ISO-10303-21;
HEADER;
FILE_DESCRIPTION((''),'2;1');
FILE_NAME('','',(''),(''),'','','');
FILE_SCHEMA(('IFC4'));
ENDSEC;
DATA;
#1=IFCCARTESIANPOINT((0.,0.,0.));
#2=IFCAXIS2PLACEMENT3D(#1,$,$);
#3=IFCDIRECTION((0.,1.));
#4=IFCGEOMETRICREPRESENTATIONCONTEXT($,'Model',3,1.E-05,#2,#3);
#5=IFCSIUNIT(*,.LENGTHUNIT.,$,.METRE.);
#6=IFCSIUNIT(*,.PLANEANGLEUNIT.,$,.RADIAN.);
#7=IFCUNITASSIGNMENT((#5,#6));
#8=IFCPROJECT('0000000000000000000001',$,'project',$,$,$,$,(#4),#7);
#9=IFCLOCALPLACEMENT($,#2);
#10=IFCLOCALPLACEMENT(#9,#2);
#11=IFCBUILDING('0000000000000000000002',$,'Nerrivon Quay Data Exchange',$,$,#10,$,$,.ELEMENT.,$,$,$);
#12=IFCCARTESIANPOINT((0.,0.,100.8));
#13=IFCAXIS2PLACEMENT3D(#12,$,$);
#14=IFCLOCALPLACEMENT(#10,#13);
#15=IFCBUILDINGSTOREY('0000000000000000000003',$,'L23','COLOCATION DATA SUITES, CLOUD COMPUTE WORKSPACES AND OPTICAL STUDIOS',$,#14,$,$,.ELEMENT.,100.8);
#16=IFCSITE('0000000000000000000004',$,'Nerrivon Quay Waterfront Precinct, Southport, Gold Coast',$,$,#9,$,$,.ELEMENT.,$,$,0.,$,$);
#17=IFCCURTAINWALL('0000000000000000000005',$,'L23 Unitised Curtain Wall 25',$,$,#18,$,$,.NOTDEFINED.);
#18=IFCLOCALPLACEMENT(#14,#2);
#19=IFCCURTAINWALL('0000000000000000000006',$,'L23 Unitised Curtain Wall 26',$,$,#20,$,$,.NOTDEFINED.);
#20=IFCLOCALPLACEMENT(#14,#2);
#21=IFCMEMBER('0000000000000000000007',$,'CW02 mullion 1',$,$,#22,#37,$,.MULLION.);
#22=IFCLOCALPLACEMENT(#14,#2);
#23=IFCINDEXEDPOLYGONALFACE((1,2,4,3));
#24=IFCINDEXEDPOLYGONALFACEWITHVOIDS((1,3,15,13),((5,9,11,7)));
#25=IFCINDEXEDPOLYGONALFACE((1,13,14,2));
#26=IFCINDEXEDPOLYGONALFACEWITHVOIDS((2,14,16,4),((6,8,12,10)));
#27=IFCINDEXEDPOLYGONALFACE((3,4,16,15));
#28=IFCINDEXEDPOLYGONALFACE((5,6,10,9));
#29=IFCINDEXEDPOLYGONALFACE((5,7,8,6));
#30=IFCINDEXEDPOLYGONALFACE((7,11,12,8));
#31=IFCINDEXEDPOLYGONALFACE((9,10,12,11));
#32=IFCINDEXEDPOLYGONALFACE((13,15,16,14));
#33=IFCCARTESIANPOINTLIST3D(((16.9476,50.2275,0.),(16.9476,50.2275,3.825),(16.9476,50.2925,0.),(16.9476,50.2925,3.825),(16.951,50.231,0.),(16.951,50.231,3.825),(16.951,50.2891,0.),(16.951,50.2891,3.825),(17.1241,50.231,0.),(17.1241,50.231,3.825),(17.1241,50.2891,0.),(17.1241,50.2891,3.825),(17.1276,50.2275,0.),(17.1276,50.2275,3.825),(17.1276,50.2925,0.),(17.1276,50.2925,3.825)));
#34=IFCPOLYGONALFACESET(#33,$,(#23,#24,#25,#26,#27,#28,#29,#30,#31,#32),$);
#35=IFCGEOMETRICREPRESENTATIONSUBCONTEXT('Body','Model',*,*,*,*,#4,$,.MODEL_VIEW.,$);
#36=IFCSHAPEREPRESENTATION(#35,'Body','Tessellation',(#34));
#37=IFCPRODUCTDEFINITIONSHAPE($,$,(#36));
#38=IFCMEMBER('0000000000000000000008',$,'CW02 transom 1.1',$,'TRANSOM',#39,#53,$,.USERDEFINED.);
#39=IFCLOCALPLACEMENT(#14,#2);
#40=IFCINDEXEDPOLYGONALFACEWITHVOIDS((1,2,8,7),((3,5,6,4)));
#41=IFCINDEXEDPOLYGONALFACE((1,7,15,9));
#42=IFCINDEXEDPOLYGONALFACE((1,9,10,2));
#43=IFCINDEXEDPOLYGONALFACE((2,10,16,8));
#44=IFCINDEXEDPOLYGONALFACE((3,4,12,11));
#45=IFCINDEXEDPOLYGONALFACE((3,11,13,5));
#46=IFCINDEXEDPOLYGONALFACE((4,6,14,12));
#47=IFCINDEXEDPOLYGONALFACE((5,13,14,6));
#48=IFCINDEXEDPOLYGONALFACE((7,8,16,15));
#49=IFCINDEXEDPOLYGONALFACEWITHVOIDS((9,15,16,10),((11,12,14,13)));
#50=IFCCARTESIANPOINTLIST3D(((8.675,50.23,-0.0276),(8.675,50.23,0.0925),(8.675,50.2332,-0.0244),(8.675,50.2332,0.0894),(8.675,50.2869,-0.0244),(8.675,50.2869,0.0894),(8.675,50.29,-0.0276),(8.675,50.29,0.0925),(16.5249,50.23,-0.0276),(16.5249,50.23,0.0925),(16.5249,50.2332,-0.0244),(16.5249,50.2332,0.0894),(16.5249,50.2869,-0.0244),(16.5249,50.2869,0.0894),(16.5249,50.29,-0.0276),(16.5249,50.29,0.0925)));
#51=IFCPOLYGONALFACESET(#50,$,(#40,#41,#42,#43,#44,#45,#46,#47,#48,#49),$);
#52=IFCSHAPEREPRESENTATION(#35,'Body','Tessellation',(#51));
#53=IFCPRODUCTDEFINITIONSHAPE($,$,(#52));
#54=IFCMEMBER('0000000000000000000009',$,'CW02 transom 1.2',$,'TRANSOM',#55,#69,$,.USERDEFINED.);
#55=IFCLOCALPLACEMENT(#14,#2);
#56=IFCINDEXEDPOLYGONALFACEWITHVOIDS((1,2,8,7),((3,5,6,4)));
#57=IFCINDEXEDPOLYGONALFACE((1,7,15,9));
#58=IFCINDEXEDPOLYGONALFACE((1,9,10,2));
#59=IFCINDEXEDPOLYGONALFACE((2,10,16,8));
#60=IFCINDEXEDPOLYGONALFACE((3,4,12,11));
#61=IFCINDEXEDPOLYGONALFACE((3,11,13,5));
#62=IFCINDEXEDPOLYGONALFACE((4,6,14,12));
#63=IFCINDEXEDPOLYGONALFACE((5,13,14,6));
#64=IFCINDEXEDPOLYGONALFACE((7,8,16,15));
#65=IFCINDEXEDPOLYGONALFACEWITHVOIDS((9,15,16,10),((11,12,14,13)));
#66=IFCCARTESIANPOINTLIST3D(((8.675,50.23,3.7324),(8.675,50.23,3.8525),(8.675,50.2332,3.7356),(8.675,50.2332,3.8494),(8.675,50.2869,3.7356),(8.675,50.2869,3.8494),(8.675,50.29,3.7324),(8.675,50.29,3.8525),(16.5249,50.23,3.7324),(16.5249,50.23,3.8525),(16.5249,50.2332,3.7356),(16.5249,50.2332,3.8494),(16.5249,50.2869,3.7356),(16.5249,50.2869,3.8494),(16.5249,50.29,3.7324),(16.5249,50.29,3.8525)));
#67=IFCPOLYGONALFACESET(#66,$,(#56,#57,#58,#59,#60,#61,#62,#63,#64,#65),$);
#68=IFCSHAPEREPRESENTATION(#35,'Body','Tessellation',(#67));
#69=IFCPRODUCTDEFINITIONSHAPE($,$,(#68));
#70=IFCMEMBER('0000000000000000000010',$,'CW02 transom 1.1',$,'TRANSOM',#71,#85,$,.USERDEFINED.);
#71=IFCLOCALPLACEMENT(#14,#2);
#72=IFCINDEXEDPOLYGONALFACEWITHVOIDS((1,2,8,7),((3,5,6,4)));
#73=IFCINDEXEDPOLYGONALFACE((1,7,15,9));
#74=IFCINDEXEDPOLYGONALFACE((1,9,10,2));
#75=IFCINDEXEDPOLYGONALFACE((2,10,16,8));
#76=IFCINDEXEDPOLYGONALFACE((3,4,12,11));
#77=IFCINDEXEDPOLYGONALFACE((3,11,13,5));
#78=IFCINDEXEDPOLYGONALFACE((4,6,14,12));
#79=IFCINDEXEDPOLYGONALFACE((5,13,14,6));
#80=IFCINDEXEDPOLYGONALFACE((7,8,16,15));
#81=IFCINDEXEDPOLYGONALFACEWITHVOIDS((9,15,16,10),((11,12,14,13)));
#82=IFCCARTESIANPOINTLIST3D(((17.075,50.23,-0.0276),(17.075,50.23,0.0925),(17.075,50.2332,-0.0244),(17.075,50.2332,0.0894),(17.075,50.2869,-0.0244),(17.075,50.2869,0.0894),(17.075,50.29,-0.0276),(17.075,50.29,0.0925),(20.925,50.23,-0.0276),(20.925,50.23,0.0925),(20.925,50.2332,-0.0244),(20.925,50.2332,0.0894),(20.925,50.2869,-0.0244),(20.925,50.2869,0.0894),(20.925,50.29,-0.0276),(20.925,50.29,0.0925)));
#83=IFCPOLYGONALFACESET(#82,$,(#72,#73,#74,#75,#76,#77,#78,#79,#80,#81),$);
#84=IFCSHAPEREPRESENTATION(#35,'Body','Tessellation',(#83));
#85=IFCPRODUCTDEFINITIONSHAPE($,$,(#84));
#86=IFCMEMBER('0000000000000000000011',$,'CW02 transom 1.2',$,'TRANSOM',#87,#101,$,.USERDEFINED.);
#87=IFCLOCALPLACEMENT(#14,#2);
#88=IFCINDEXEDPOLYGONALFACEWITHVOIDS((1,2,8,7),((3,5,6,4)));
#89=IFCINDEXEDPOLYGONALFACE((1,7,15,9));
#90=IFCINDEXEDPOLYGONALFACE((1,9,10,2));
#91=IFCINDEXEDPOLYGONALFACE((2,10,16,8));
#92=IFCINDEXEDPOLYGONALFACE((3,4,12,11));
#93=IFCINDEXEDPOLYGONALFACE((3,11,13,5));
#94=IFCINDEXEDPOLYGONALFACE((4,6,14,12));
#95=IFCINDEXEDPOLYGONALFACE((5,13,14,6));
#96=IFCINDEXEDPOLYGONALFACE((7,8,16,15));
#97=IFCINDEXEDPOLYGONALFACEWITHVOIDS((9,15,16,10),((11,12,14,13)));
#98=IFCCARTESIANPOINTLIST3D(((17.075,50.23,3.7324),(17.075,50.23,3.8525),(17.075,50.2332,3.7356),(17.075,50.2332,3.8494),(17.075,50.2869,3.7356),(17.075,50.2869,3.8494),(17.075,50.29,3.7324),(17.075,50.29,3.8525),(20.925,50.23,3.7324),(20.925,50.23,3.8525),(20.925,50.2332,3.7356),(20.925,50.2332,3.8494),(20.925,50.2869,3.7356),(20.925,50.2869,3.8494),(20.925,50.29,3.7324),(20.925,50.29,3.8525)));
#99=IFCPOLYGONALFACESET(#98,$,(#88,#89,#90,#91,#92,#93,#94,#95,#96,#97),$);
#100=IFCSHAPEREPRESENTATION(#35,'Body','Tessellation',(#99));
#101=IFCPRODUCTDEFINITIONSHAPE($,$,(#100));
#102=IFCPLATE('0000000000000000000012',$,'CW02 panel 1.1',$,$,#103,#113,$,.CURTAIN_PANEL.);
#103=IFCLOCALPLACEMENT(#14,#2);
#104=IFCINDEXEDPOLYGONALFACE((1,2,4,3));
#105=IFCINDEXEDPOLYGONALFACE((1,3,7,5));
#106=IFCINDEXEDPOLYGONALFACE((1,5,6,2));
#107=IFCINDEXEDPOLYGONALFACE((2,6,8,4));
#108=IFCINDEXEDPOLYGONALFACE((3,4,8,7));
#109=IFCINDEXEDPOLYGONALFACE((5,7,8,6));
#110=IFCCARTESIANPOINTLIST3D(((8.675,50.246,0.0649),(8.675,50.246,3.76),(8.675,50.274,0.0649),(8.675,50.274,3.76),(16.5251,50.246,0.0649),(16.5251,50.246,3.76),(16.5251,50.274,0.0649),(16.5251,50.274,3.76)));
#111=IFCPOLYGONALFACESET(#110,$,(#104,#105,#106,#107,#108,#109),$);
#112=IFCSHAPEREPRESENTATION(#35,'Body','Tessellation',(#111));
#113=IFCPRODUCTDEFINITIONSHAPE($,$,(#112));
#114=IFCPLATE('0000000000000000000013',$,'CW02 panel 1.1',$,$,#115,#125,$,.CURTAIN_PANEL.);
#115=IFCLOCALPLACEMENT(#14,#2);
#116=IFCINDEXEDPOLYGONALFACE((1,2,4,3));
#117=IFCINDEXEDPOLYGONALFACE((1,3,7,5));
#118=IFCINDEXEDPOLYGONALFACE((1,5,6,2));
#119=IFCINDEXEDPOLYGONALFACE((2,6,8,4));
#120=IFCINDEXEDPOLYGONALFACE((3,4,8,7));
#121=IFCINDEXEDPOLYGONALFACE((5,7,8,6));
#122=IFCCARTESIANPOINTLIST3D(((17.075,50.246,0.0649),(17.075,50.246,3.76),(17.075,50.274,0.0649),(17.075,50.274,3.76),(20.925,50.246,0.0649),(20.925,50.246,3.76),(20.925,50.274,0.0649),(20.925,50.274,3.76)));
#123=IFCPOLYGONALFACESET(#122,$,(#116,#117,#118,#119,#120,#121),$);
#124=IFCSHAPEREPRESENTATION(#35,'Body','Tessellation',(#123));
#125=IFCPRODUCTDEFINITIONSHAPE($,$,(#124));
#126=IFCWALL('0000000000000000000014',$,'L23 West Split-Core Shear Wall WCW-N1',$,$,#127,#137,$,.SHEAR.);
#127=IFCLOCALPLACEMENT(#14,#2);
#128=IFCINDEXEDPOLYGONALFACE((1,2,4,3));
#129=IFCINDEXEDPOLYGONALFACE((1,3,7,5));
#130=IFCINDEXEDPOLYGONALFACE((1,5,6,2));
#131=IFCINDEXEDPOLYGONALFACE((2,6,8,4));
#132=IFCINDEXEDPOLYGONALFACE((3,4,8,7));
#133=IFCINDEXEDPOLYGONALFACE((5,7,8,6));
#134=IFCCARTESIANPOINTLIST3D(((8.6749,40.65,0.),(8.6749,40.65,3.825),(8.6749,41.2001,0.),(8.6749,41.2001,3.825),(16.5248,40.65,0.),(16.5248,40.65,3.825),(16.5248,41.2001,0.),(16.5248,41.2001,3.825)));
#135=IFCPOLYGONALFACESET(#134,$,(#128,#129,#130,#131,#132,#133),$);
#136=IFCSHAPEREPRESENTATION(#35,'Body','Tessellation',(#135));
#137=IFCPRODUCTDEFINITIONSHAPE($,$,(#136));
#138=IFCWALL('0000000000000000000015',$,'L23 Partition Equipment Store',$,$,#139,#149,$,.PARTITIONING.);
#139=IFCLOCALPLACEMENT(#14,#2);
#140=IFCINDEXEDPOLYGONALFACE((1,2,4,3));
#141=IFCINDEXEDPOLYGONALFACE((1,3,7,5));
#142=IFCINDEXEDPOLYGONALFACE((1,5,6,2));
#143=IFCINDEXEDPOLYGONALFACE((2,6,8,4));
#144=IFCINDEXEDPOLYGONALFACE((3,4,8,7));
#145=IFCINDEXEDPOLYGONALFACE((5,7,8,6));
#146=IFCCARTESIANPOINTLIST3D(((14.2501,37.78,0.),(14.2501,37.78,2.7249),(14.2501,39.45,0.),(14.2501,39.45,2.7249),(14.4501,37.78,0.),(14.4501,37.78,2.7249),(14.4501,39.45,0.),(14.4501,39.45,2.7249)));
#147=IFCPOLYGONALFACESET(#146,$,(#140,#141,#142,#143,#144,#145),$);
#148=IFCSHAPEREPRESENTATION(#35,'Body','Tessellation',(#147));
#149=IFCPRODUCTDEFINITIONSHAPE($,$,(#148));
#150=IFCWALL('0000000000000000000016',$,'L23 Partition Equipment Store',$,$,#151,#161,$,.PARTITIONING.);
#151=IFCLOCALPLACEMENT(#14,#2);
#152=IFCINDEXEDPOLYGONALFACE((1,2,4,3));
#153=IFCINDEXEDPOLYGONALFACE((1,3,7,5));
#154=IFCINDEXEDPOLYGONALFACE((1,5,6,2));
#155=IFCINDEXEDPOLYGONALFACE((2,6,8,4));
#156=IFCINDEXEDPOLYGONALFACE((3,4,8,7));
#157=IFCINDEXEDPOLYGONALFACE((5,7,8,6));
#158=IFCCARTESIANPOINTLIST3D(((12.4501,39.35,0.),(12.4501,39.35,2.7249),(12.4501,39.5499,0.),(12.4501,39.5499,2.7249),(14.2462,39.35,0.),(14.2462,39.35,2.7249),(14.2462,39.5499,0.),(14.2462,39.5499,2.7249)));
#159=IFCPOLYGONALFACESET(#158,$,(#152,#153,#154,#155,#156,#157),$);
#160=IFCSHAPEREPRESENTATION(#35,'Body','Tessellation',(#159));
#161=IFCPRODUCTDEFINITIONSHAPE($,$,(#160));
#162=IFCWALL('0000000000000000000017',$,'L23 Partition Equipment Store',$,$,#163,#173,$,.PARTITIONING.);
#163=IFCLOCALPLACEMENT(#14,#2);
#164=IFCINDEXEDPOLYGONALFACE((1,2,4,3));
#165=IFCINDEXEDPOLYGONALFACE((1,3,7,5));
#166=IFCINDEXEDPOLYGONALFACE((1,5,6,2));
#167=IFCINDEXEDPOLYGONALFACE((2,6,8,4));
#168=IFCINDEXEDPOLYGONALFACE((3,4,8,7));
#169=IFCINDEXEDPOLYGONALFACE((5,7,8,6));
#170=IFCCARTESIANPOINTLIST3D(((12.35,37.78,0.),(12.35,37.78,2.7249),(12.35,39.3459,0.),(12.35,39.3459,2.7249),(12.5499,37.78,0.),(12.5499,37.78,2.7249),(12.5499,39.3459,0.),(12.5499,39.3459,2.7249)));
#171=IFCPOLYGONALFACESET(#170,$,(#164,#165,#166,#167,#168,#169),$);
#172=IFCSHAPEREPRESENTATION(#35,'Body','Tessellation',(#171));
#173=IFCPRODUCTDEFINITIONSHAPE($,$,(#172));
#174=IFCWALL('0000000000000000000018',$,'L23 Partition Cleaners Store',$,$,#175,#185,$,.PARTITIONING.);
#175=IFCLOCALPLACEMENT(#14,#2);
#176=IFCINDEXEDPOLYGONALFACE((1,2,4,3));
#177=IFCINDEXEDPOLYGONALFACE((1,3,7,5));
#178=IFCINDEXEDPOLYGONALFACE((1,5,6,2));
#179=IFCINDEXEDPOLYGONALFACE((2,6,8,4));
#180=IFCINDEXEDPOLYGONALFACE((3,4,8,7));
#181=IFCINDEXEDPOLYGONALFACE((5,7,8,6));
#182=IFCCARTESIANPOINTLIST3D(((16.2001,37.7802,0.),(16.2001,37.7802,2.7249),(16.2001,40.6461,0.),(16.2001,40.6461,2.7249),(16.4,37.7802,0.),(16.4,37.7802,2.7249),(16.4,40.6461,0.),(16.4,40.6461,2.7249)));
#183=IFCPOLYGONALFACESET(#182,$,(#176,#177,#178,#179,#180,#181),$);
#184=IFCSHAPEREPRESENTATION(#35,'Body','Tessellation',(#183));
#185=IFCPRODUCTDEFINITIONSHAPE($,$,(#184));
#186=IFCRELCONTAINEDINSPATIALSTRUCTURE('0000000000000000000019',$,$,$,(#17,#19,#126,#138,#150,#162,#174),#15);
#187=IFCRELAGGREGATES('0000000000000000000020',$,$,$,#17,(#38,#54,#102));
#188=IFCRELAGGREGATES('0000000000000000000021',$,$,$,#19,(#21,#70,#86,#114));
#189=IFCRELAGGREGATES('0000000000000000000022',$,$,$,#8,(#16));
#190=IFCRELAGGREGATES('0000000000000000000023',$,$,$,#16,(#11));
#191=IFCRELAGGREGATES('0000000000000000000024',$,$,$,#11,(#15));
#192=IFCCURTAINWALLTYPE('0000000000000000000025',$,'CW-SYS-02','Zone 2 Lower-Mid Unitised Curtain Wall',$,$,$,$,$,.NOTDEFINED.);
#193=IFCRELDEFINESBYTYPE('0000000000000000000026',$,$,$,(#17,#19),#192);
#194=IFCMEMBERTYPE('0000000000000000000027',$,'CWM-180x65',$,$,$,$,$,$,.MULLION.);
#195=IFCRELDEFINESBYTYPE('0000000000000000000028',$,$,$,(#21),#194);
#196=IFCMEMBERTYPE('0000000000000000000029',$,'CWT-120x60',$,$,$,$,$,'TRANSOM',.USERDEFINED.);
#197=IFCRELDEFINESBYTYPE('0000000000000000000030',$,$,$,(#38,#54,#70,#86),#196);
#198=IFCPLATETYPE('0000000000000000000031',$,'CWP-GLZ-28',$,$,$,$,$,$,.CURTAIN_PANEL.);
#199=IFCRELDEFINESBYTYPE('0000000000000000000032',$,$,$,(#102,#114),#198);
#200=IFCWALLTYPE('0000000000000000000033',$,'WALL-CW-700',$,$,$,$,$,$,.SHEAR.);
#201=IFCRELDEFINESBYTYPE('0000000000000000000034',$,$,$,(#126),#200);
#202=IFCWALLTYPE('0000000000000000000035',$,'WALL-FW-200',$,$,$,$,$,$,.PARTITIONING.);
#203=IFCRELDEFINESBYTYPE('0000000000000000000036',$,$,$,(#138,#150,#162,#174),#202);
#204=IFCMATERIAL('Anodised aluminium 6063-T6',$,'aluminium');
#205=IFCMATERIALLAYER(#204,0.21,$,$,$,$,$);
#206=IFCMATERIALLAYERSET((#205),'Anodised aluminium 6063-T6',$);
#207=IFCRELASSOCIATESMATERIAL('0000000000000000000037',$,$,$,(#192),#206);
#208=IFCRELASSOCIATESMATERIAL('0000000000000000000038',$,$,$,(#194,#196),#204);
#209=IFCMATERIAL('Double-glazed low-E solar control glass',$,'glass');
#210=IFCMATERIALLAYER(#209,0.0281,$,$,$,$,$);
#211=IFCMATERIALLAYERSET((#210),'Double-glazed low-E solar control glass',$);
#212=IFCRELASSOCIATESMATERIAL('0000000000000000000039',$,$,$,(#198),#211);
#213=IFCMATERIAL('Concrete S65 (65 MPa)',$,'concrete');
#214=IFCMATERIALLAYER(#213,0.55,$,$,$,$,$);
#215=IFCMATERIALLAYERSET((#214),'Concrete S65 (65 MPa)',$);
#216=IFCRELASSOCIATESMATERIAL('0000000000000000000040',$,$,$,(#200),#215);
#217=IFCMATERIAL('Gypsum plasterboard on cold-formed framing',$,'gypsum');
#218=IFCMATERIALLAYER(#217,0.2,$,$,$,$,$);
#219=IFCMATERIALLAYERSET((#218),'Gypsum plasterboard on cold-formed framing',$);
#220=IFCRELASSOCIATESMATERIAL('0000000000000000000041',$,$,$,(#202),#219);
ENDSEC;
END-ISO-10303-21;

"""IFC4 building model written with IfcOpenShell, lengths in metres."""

from ifc_helpers import new_model, si_unit, direction, frame, frame_2d, origin, origin_2d, place, context, subcontext, project, spatial, rectangle, hollow_rectangle, extrude, material, layer, layer_set, material_profile, profile_set, type_object, element, aggregate, save


model = new_model("IFC4")

# Units and contexts
model_context = context("Model", 3, precision=1e-05, world=origin(), true_north=direction((0.0, 1.0)))
body_context = subcontext(model_context, "Body", "Model", "MODEL_VIEW")
ifc_project = project(units=[si_unit("LENGTHUNIT", "METRE"), si_unit("PLANEANGLEUNIT", "RADIAN")], contexts=[model_context])

# Site, building, storey
site_placement = place(None, origin())
site = spatial("IfcSite", under=ifc_project, at=site_placement, Name="Nerrivon Quay Waterfront Precinct, Southport, Gold Coast", CompositionType="ELEMENT", RefElevation=0.0)
building_placement = place(site_placement, origin())
building = spatial("IfcBuilding", under=site, at=building_placement, Name="Nerrivon Quay Data Exchange", CompositionType="ELEMENT")
storey_placement = place(building_placement, frame((0.0, 0.0, 100.8)))
storey = spatial("IfcBuildingStorey", under=building, at=storey_placement, Name="L23", Description="COLOCATION DATA SUITES, CLOUD COMPUTE WORKSPACES AND OPTICAL STUDIOS", CompositionType="ELEMENT", Elevation=100.8)

# Shared definitions
ifc_material_1 = material(Name="Concrete S65 (65 MPa)", Category="concrete")

# Curtain wall
ifc_material_2 = material(Name="Anodised aluminium 6063-T6", Category="aluminium")
ifc_layer_1 = layer(ifc_material_2, 0.21)
ifc_layer_set_1 = layer_set([ifc_layer_1], Name="Anodised aluminium 6063-T6")
curtain_wall_type = type_object("IfcCurtainWallType", Name="CW-SYS-02", Description="Zone 2 Lower-Mid Unitised Curtain Wall", PredefinedType="NOTDEFINED", material=ifc_layer_set_1)
curtain_wall_1_placement = place(storey_placement, origin())
curtain_wall_1 = element("IfcCurtainWall", 1, at=curtain_wall_1_placement, inside=storey, type_object=curtain_wall_type, Name="L23 Unitised Curtain Wall 25", PredefinedType="NOTDEFINED")
ifc_material_profile_1 = material_profile(ifc_material_2, hollow_rectangle(XDim=0.0649, YDim=0.1799, WallThickness=0.0034, at=origin_2d()), Name="ALU-MULL-180x65")
ifc_profile_set_1 = profile_set([ifc_material_profile_1], Name="Anodised aluminium 6063-T6")
member_type_1 = type_object("IfcMemberType", Name="CWM-180x65", PredefinedType="MULLION", material=ifc_profile_set_1)

# Curtain wall, member
curtain_wall_2_placement = place(storey_placement, origin())
curtain_wall_2 = element("IfcCurtainWall", 2, at=curtain_wall_2_placement, inside=storey, type_object=curtain_wall_type, Name="L23 Unitised Curtain Wall 26", PredefinedType="NOTDEFINED")
member_1_placement = place(storey_placement, frame((17.0376, 50.26, 0.0), z_axis=(0.0, 0.0, 1.0), x_axis=(0.0, 1.0, 0.0)))
member_1 = element("IfcMember", 3, at=member_1_placement, type_object=member_type_1, Name="CW02 mullion 1", PredefinedType="MULLION", context=body_context, shape_type="SweptSolid", body=[
    extrude(hollow_rectangle(XDim=0.0649, YDim=0.1799, WallThickness=0.0034, at=origin_2d()), origin(), (0.0, 0.0, 1.0), 3.825),
])

# Members
ifc_material_profile_2 = material_profile(ifc_material_2, hollow_rectangle(XDim=0.0601, YDim=0.1201, WallThickness=0.0032, at=origin_2d()), Name="ALU-TRAN-120x60")
ifc_profile_set_2 = profile_set([ifc_material_profile_2], Name="Anodised aluminium 6063-T6")
member_type_2 = type_object("IfcMemberType", Name="CWT-120x60", ElementType="TRANSOM", PredefinedType="USERDEFINED", material=ifc_profile_set_2)
member_2_placement = place(storey_placement, frame((8.675, 50.26, 0.0325), z_axis=(1.0, 0.0, 0.0), x_axis=(0.0, 1.0, 0.0)))
member_2 = element("IfcMember", 4, at=member_2_placement, type_object=member_type_2, Name="CW02 transom 1.1", ObjectType="TRANSOM", PredefinedType="USERDEFINED", context=body_context, shape_type="SweptSolid", body=[
    extrude(hollow_rectangle(XDim=0.0601, YDim=0.1201, WallThickness=0.0032, at=origin_2d()), origin(), (0.0, 0.0, 1.0), 7.8499),
])
member_3_placement = place(storey_placement, frame((8.675, 50.26, 3.7925), z_axis=(1.0, 0.0, 0.0), x_axis=(0.0, 1.0, 0.0)))
member_3 = element("IfcMember", 5, at=member_3_placement, type_object=member_type_2, Name="CW02 transom 1.2", ObjectType="TRANSOM", PredefinedType="USERDEFINED", context=body_context, shape_type="SweptSolid", body=[
    extrude(hollow_rectangle(XDim=0.0601, YDim=0.1201, WallThickness=0.0032, at=origin_2d()), origin(), (0.0, 0.0, 1.0), 7.8499),
])
member_4_placement = place(storey_placement, frame((17.075, 50.26, 0.0325), z_axis=(1.0, 0.0, 0.0), x_axis=(0.0, 1.0, 0.0)))
member_4 = element("IfcMember", 6, at=member_4_placement, type_object=member_type_2, Name="CW02 transom 1.1", ObjectType="TRANSOM", PredefinedType="USERDEFINED", context=body_context, shape_type="SweptSolid", body=[
    extrude(hollow_rectangle(XDim=0.0601, YDim=0.1201, WallThickness=0.0032, at=origin_2d()), origin(), (0.0, 0.0, 1.0), 3.8501),
])
member_5_placement = place(storey_placement, frame((17.075, 50.26, 3.7925), z_axis=(1.0, 0.0, 0.0), x_axis=(0.0, 1.0, 0.0)))
member_5 = element("IfcMember", 7, at=member_5_placement, type_object=member_type_2, Name="CW02 transom 1.2", ObjectType="TRANSOM", PredefinedType="USERDEFINED", context=body_context, shape_type="SweptSolid", body=[
    extrude(hollow_rectangle(XDim=0.0601, YDim=0.1201, WallThickness=0.0032, at=origin_2d()), origin(), (0.0, 0.0, 1.0), 3.8501),
])

# Plates
ifc_material_3 = material(Name="Double-glazed low-E solar control glass", Category="glass")
ifc_layer_2 = layer(ifc_material_3, 0.0281)
ifc_layer_set_2 = layer_set([ifc_layer_2], Name="Double-glazed low-E solar control glass")
plate_type = type_object("IfcPlateType", Name="CWP-GLZ-28", PredefinedType="CURTAIN_PANEL", material=ifc_layer_set_2)
plate_1_placement = place(storey_placement, frame((12.6001, 50.26, 0.0649), z_axis=(0.0, 0.0, 1.0), x_axis=(1.0, 0.0, 0.0)))
plate_1 = element("IfcPlate", 8, at=plate_1_placement, type_object=plate_type, Name="CW02 panel 1.1", PredefinedType="CURTAIN_PANEL", context=body_context, shape_type="SweptSolid", body=[
    extrude(rectangle(XDim=7.8501, YDim=0.0281, at=origin_2d()), origin(), (0.0, 0.0, 1.0), 3.6951),
])
aggregate(curtain_wall_1, [member_2, member_3, plate_1])
plate_2_placement = place(storey_placement, frame((19.0, 50.26, 0.0649), z_axis=(0.0, 0.0, 1.0), x_axis=(1.0, 0.0, 0.0)))
plate_2 = element("IfcPlate", 9, at=plate_2_placement, type_object=plate_type, Name="CW02 panel 1.1", PredefinedType="CURTAIN_PANEL", context=body_context, shape_type="SweptSolid", body=[
    extrude(rectangle(XDim=3.8501, YDim=0.0281, at=origin_2d()), origin(), (0.0, 0.0, 1.0), 3.6951),
])
aggregate(curtain_wall_2, [member_1, member_4, member_5, plate_2])

# Walls
ifc_layer_3 = layer(ifc_material_1, 0.55)
ifc_layer_set_3 = layer_set([ifc_layer_3], Name="Concrete S65 (65 MPa)")
wall_type_1 = type_object("IfcWallType", Name="WALL-CW-700", PredefinedType="SHEAR", material=ifc_layer_set_3)
wall_1_placement = place(storey_placement, frame((8.675, 40.925, 0.0), z_axis=(0.0, 0.0, 1.0), x_axis=(1.0, 0.0, 0.0)))
element("IfcWall", 10, at=wall_1_placement, inside=storey, type_object=wall_type_1, Name="L23 West Split-Core Shear Wall WCW-N1", PredefinedType="SHEAR", context=body_context, shape_type="SweptSolid", body=[
    extrude(rectangle(XDim=7.8499, YDim=0.55, at=frame_2d((3.9248, 0.0))), origin(), (0.0, 0.0, 1.0), 3.825),
])
ifc_material_4 = material(Name="Gypsum plasterboard on cold-formed framing", Category="gypsum")
ifc_layer_4 = layer(ifc_material_4, 0.2)
ifc_layer_set_4 = layer_set([ifc_layer_4], Name="Gypsum plasterboard on cold-formed framing")
wall_type_2 = type_object("IfcWallType", Name="WALL-FW-200", PredefinedType="PARTITIONING", material=ifc_layer_set_4)
wall_2_placement = place(storey_placement, frame((14.3501, 37.78, 0.0), z_axis=(0.0, 0.0, 1.0), x_axis=(0.0, 1.0, 0.0)))
element("IfcWall", 11, at=wall_2_placement, inside=storey, type_object=wall_type_2, Name="L23 Partition Equipment Store", PredefinedType="PARTITIONING", context=body_context, shape_type="SweptSolid", body=[
    extrude(rectangle(XDim=1.6699, YDim=0.2, at=frame_2d((0.835, 0.0))), origin(), (0.0, 0.0, 1.0), 2.7249),
])
wall_3_placement = place(storey_placement, frame((14.2461, 39.45, 0.0), z_axis=(0.0, 0.0, 1.0), x_axis=(-1.0, 0.0, 0.0)))
element("IfcWall", 12, at=wall_3_placement, inside=storey, type_object=wall_type_2, Name="L23 Partition Equipment Store", PredefinedType="PARTITIONING", context=body_context, shape_type="SweptSolid", body=[
    extrude(rectangle(XDim=1.7961, YDim=0.2, at=frame_2d((0.8979, 0.0))), origin(), (0.0, 0.0, 1.0), 2.7249),
])
wall_4_placement = place(storey_placement, frame((12.45, 39.3459, 0.0), z_axis=(0.0, 0.0, 1.0), x_axis=(0.0, -1.0, 0.0)))
element("IfcWall", 13, at=wall_4_placement, inside=storey, type_object=wall_type_2, Name="L23 Partition Equipment Store", PredefinedType="PARTITIONING", context=body_context, shape_type="SweptSolid", body=[
    extrude(rectangle(XDim=1.5659, YDim=0.2, at=frame_2d((0.783, 0.0))), origin(), (0.0, 0.0, 1.0), 2.7249),
])
wall_5_placement = place(storey_placement, frame((16.3, 37.78, 0.0), z_axis=(0.0, 0.0, 1.0), x_axis=(0.0, 1.0, 0.0)))
element("IfcWall", 14, at=wall_5_placement, inside=storey, type_object=wall_type_2, Name="L23 Partition Cleaners Store", PredefinedType="PARTITIONING", context=body_context, shape_type="SweptSolid", body=[
    extrude(rectangle(XDim=2.866, YDim=0.2, at=frame_2d((1.4331, 0.0))), origin(), (0.0, 0.0, 1.0), 2.7249),
])

save(model, "model.ifc")
